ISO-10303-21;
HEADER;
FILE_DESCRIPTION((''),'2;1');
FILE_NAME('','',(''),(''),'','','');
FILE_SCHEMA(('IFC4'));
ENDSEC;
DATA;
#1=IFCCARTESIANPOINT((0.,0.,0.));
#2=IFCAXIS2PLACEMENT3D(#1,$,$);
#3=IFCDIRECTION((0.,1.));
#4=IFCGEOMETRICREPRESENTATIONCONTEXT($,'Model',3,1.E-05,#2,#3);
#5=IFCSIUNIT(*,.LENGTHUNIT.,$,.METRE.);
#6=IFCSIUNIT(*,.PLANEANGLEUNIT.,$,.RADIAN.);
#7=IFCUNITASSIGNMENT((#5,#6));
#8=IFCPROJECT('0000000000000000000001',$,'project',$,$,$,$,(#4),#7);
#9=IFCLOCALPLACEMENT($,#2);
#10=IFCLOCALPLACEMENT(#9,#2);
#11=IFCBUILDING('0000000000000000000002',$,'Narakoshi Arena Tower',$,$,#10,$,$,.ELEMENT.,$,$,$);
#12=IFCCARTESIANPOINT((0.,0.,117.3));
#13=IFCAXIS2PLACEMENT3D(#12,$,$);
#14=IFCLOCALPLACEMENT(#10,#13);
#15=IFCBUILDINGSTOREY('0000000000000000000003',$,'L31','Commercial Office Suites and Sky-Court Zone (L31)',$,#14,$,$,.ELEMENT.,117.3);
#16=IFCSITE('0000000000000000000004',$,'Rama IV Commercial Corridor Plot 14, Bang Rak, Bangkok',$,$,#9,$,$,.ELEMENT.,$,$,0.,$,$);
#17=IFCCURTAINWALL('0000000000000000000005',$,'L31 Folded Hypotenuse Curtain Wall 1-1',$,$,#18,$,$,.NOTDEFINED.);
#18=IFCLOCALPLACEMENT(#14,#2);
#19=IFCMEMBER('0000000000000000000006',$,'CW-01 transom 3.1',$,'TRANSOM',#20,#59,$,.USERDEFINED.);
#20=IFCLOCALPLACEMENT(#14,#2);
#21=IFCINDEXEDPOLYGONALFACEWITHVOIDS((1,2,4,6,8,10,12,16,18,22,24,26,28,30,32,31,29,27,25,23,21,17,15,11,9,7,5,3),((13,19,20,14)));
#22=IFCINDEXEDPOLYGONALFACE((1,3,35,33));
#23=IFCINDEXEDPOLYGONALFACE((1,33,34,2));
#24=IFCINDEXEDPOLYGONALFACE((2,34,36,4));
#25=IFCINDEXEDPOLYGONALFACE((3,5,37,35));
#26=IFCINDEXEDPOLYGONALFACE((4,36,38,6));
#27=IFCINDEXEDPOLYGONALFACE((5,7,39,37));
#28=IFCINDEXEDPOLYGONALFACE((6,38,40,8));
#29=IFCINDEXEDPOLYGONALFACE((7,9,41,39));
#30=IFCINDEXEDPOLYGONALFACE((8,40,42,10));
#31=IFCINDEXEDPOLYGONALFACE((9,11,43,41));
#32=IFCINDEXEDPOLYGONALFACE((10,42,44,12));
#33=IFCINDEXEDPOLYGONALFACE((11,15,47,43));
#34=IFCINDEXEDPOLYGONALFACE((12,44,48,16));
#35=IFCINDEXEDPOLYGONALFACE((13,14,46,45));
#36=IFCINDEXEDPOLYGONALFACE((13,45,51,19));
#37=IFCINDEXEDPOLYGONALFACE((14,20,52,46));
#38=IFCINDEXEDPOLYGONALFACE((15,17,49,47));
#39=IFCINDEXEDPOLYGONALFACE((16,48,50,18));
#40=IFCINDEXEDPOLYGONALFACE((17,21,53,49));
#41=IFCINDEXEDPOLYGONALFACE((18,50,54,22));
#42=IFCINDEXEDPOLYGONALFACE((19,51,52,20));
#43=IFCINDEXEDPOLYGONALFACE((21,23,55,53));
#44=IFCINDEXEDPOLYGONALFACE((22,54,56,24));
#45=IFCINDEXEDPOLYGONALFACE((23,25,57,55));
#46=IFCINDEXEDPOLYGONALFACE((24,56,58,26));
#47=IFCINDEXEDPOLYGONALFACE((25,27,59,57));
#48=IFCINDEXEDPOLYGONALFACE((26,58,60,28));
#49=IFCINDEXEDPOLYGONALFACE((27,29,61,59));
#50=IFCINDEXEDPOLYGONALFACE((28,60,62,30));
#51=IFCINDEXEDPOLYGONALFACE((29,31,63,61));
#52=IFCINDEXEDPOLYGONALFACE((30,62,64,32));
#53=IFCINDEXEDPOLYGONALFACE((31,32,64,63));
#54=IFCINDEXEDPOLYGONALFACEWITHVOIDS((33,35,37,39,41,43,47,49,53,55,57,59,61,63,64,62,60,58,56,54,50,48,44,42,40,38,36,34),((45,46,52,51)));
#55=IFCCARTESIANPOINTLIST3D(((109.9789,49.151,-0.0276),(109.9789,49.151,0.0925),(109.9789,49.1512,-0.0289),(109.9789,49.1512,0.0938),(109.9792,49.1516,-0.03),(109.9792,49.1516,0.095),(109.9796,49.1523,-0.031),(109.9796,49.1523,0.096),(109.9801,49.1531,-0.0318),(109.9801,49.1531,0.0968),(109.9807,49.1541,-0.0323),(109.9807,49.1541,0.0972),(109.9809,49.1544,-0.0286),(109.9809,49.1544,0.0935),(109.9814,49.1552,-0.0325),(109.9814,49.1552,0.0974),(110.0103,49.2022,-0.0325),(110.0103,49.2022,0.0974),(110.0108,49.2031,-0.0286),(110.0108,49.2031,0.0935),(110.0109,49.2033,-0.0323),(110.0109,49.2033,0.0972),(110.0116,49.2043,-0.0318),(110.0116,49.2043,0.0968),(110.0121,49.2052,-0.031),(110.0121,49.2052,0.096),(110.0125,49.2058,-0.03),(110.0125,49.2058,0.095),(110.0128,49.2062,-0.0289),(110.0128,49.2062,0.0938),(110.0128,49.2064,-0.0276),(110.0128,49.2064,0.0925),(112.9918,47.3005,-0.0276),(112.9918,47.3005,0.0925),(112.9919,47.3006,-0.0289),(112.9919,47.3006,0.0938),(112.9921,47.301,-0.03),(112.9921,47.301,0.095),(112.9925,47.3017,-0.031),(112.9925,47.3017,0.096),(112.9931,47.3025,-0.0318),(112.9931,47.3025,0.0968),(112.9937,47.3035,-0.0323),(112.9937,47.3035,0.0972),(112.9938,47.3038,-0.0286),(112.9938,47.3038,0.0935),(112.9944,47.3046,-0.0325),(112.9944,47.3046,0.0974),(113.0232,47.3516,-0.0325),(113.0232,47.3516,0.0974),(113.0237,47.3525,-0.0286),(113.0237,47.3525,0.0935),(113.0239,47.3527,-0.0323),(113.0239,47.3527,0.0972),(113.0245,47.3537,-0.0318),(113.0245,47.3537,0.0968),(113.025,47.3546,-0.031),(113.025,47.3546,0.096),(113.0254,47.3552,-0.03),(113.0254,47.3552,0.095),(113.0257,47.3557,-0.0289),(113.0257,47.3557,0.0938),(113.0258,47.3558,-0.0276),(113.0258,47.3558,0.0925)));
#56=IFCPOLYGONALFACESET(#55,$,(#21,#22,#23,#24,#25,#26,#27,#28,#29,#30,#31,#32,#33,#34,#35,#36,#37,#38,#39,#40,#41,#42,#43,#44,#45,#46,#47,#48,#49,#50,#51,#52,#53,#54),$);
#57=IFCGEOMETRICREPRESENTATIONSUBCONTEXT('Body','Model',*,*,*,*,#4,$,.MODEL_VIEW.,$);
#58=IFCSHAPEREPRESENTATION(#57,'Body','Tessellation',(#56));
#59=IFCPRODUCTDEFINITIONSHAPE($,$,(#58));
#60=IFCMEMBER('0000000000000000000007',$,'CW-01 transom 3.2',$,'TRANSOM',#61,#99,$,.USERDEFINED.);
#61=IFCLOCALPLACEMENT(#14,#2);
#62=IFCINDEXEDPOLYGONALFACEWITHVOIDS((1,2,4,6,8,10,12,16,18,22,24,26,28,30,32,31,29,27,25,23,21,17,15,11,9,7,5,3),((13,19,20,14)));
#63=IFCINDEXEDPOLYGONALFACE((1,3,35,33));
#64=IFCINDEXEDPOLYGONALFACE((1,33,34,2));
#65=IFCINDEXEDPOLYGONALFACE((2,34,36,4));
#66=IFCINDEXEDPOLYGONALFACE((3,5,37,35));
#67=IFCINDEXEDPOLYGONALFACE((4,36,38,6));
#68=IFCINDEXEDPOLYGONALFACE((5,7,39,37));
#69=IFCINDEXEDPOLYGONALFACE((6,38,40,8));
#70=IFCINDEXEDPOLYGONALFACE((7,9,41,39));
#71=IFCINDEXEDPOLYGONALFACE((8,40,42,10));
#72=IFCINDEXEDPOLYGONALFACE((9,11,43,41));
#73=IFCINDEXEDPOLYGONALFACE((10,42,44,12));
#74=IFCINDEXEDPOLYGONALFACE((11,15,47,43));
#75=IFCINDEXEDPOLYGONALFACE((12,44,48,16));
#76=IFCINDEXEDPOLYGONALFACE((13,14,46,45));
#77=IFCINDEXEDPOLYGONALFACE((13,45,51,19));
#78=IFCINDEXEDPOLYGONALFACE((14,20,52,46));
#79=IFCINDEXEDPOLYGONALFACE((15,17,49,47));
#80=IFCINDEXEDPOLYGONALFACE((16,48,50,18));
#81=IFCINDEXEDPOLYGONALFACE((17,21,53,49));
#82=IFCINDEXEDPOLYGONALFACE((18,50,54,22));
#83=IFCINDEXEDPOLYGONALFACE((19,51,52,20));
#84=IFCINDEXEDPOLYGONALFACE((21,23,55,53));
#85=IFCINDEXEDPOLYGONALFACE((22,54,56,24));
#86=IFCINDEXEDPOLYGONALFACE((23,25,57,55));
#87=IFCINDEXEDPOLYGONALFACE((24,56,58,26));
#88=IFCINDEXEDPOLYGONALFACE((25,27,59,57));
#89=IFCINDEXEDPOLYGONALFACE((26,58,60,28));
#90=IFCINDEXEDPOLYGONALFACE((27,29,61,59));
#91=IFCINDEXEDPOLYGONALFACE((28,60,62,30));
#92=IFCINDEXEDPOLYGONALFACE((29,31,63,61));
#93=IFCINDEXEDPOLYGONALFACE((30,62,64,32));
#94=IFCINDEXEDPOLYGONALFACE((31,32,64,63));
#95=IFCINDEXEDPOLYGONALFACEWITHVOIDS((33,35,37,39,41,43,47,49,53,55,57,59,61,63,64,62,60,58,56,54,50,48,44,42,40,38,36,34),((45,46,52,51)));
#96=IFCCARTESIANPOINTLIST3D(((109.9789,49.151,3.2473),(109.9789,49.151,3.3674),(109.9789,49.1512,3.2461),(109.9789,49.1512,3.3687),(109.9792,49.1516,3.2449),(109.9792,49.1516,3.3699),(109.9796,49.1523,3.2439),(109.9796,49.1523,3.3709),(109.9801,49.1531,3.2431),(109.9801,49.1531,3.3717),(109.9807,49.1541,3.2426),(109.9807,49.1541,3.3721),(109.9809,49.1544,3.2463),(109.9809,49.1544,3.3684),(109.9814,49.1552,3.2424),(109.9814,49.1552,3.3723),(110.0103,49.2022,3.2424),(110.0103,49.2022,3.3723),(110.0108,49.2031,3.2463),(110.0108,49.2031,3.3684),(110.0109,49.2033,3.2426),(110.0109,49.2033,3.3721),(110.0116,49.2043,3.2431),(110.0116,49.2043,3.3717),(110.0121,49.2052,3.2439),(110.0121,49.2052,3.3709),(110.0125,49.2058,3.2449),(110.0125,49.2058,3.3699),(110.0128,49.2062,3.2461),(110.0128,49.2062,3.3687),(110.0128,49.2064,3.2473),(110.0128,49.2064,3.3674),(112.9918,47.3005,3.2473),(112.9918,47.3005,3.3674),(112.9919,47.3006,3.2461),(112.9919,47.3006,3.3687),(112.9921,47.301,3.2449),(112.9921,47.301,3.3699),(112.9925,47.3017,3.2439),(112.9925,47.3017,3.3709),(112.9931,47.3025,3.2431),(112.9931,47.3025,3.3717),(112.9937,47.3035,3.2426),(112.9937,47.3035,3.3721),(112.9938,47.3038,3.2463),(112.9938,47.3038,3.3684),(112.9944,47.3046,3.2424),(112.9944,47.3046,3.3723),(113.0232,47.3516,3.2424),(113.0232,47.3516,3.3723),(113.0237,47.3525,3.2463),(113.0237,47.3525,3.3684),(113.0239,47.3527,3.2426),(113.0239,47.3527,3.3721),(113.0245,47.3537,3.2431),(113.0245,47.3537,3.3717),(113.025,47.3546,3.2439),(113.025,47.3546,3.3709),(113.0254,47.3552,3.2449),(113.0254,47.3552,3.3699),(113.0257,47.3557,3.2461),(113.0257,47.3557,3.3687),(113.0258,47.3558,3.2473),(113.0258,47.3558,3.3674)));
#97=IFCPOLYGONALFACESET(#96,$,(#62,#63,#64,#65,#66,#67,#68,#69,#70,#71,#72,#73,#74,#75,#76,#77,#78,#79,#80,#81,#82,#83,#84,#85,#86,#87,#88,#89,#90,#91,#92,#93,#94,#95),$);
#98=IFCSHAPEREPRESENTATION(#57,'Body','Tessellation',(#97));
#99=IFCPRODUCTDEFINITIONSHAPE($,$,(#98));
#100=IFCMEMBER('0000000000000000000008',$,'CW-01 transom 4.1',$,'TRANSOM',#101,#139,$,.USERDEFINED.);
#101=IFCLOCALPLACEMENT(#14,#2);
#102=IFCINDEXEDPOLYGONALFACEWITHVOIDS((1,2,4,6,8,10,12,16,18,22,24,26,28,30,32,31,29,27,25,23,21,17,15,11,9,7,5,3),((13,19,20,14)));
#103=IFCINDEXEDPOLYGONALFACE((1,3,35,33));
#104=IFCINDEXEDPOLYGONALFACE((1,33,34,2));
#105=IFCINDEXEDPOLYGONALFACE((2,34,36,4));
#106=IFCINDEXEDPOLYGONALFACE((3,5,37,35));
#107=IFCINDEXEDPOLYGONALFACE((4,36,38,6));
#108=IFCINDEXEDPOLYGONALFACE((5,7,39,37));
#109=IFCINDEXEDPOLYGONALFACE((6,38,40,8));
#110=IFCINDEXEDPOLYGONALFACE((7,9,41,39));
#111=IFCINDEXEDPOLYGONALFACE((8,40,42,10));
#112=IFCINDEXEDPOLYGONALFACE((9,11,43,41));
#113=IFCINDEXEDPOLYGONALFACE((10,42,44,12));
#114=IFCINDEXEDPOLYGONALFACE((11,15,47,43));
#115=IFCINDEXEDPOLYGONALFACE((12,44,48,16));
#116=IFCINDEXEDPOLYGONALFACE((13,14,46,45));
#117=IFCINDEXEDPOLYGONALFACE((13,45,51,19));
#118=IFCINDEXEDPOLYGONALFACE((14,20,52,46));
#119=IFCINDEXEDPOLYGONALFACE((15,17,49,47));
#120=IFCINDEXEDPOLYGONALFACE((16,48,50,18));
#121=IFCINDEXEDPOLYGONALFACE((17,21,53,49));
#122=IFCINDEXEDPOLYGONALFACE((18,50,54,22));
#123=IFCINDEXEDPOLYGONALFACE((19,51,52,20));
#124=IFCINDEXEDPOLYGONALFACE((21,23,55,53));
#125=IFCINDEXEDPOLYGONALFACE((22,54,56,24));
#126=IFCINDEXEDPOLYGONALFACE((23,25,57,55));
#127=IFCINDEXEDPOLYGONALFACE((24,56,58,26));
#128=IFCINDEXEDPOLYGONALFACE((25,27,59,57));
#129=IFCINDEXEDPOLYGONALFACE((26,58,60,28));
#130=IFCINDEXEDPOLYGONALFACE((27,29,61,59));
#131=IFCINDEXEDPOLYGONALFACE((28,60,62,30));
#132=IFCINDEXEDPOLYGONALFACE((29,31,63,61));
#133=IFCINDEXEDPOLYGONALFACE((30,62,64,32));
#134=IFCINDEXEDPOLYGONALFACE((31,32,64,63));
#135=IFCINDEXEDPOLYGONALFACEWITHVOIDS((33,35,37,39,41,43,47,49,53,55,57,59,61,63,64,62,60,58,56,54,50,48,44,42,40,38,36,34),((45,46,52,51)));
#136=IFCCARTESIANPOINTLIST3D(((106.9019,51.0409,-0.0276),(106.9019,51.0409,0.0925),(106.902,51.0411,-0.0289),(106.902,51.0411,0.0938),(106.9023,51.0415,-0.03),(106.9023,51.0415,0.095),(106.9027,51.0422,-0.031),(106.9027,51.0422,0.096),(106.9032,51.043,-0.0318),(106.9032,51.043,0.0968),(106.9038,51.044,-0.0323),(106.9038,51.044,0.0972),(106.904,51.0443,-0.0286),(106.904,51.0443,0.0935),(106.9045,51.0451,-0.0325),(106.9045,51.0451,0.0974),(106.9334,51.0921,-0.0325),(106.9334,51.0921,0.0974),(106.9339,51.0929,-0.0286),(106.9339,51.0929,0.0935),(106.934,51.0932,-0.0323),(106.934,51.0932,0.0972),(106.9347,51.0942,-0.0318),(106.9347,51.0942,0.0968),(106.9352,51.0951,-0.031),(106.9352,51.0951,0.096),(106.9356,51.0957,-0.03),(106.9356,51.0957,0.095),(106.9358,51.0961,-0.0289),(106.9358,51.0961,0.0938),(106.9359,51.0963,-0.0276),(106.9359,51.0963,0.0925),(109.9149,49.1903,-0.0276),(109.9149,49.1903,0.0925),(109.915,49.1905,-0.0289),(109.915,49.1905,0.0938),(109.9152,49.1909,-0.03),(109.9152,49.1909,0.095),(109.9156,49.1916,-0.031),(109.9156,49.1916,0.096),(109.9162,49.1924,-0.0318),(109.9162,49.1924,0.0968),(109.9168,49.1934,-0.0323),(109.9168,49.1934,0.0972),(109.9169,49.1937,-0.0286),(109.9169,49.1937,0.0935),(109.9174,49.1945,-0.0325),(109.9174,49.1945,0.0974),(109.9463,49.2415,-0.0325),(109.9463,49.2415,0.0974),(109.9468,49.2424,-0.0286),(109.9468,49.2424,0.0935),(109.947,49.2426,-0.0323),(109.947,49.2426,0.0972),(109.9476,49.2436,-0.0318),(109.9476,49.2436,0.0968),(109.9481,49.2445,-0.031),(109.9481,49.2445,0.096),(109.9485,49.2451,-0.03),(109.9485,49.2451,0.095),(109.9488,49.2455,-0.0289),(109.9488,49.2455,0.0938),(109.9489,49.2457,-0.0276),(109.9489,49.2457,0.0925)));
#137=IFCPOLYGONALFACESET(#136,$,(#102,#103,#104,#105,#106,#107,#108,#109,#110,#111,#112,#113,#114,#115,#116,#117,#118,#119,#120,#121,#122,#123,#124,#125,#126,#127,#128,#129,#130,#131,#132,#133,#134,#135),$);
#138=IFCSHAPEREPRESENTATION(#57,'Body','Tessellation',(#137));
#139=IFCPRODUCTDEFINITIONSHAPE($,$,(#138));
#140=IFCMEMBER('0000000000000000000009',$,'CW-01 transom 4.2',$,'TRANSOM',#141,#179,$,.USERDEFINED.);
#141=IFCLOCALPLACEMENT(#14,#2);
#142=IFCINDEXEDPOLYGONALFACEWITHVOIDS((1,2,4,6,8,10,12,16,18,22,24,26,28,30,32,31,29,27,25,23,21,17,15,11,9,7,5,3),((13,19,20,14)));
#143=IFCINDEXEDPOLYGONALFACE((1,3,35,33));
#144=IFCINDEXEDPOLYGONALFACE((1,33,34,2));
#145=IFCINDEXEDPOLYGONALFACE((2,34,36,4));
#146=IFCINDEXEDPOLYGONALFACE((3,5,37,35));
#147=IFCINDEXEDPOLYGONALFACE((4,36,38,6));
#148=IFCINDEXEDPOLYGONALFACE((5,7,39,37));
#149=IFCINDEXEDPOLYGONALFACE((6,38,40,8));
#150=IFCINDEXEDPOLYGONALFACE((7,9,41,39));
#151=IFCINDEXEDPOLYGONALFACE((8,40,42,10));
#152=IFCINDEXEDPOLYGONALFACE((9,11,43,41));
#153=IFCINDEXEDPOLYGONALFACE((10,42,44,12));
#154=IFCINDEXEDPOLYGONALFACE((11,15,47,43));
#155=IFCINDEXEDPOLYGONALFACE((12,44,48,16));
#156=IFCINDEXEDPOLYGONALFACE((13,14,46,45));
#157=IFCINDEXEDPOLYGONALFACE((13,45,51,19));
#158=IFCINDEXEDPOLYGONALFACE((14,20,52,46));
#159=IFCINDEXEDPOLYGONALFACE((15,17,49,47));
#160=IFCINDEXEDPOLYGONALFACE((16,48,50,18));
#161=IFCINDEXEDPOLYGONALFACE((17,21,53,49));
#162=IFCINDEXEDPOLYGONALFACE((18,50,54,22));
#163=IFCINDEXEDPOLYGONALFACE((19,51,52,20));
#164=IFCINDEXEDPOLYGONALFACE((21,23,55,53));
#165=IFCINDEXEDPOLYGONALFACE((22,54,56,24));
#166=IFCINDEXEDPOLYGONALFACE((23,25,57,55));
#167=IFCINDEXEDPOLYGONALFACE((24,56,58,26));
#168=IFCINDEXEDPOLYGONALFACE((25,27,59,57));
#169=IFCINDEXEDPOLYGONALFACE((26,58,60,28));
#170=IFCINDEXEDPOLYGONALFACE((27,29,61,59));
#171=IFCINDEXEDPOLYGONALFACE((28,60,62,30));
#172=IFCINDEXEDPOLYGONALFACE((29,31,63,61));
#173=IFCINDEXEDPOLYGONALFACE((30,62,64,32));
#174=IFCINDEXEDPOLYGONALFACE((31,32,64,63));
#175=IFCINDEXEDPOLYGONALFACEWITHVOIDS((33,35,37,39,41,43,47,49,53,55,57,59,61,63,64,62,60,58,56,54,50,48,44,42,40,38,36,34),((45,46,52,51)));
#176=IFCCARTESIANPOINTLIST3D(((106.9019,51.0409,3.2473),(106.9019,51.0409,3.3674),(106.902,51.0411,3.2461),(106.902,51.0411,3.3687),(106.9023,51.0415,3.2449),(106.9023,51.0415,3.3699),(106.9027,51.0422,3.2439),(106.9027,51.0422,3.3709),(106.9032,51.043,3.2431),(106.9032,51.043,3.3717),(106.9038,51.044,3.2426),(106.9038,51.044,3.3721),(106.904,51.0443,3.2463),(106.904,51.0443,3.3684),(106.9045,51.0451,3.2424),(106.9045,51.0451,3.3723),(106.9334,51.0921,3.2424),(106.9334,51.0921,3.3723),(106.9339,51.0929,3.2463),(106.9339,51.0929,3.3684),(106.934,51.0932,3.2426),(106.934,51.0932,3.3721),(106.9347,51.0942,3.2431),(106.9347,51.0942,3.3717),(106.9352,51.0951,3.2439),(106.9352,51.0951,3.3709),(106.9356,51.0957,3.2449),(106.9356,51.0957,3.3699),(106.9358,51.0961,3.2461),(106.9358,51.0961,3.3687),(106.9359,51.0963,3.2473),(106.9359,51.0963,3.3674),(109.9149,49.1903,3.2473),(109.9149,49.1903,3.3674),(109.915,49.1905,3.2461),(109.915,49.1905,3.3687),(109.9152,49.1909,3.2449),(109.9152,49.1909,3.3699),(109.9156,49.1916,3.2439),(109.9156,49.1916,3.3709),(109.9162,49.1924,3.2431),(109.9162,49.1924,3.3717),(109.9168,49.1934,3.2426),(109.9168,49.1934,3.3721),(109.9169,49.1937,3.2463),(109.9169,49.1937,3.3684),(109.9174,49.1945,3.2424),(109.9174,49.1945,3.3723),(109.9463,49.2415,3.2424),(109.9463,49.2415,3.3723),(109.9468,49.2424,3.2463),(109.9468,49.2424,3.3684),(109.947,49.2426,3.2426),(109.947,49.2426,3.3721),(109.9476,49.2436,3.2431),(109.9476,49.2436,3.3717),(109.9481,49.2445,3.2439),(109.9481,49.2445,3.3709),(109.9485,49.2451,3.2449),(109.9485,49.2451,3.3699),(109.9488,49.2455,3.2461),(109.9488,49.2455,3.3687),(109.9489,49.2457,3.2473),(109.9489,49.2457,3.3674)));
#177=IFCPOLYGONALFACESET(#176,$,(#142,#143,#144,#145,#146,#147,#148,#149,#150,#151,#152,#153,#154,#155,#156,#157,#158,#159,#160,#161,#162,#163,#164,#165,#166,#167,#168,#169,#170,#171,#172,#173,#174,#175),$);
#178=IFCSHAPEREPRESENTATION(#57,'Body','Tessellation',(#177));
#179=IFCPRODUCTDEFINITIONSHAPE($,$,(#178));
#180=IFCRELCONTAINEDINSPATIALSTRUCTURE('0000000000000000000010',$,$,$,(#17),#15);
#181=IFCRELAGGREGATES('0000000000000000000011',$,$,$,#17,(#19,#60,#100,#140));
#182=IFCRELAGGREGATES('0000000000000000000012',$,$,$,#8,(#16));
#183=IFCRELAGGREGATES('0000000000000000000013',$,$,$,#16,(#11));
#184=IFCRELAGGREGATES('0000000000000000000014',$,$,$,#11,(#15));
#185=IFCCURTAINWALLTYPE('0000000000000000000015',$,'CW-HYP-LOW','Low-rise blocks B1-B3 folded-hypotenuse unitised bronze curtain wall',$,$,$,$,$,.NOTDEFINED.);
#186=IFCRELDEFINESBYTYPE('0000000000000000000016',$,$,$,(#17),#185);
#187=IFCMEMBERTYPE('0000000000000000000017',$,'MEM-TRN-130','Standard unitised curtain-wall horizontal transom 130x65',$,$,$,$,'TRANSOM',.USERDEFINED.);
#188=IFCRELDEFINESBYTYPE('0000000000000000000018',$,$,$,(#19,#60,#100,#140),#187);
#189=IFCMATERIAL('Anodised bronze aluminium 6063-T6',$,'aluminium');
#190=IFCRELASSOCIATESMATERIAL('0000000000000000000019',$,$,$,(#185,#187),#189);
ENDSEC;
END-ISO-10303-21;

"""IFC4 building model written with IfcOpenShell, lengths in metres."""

from ifc_helpers import new_model, si_unit, direction, frame, origin, origin_2d, place, context, subcontext, project, spatial, hollow_rectangle, extrude, material, material_profile, profile_set, type_object, element, aggregate, save


model = new_model("IFC4")

# Units and contexts
model_context = context("Model", 3, precision=1e-05, world=origin(), true_north=direction((0.0, 1.0)))
body_context = subcontext(model_context, "Body", "Model", "MODEL_VIEW")
ifc_project = project(units=[si_unit("LENGTHUNIT", "METRE"), si_unit("PLANEANGLEUNIT", "RADIAN")], contexts=[model_context])

# Site, building, storey
site_placement = place(None, origin())
site = spatial("IfcSite", under=ifc_project, at=site_placement, Name="Rama IV Commercial Corridor Plot 14, Bang Rak, Bangkok", CompositionType="ELEMENT", RefElevation=0.0)
building_placement = place(site_placement, origin())
building = spatial("IfcBuilding", under=site, at=building_placement, Name="Narakoshi Arena Tower", CompositionType="ELEMENT")
storey_placement = place(building_placement, frame((0.0, 0.0, 117.3)))
storey = spatial("IfcBuildingStorey", under=building, at=storey_placement, Name="L31", Description="Commercial Office Suites and Sky-Court Zone (L31)", CompositionType="ELEMENT", Elevation=117.3)

# Curtain wall, members
ifc_material_1 = material(Name="Anodised bronze aluminium 6063-T6", Category="aluminium")
curtain_wall_type = type_object("IfcCurtainWallType", Name="CW-HYP-LOW", Description="Low-rise blocks B1-B3 folded-hypotenuse unitised bronze curtain wall", PredefinedType="NOTDEFINED", material=ifc_material_1)
curtain_wall_placement = place(storey_placement, origin())
curtain_wall = element("IfcCurtainWall", 1, at=curtain_wall_placement, inside=storey, type_object=curtain_wall_type, Name="L31 Folded Hypotenuse Curtain Wall 1-1", PredefinedType="NOTDEFINED")
ifc_material_profile_1 = material_profile(ifc_material_1, hollow_rectangle(XDim=0.0649, YDim=0.1299, WallThickness=0.0039, OuterFilletRadius=0.0049, at=origin_2d()), Name="TRN130x65x4")
ifc_profile_set_1 = profile_set([ifc_material_profile_1], Name="Anodised bronze aluminium 6063-T6")
member_type_1 = type_object("IfcMemberType", Name="MEM-TRN-130", Description="Standard unitised curtain-wall horizontal transom 130x65", ElementType="TRANSOM", PredefinedType="USERDEFINED", material=ifc_profile_set_1)
member_1_placement = place(storey_placement, frame((113.0088, 47.3281, 0.0325), z_axis=(-0.852104, 0.523373, 0.0), x_axis=(-0.523373, -0.852104, 0.0)))
member_1 = element("IfcMember", 2, at=member_1_placement, type_object=member_type_1, Name="CW-01 transom 3.1", ObjectType="TRANSOM", PredefinedType="USERDEFINED", context=body_context, shape_type="SweptSolid", body=[
    extrude(hollow_rectangle(XDim=0.0649, YDim=0.1299, WallThickness=0.0039, OuterFilletRadius=0.0049, at=origin_2d()), origin(), (0.0, 0.0, 1.0), 3.5359),
])
member_2_placement = place(storey_placement, frame((113.0088, 47.3281, 3.3074), z_axis=(-0.852104, 0.523373, 0.0), x_axis=(-0.523373, -0.852104, 0.0)))
member_2 = element("IfcMember", 3, at=member_2_placement, type_object=member_type_1, Name="CW-01 transom 3.2", ObjectType="TRANSOM", PredefinedType="USERDEFINED", context=body_context, shape_type="SweptSolid", body=[
    extrude(hollow_rectangle(XDim=0.0649, YDim=0.1299, WallThickness=0.0039, OuterFilletRadius=0.0049, at=origin_2d()), origin(), (0.0, 0.0, 1.0), 3.5359),
])
member_3_placement = place(storey_placement, frame((109.9319, 49.218, 0.0325), z_axis=(-0.852104, 0.523373, 0.0), x_axis=(-0.523373, -0.852104, 0.0)))
member_3 = element("IfcMember", 4, at=member_3_placement, type_object=member_type_1, Name="CW-01 transom 4.1", ObjectType="TRANSOM", PredefinedType="USERDEFINED", context=body_context, shape_type="SweptSolid", body=[
    extrude(hollow_rectangle(XDim=0.0649, YDim=0.1299, WallThickness=0.0039, OuterFilletRadius=0.0049, at=origin_2d()), origin(), (0.0, 0.0, 1.0), 3.5359),
])
member_4_placement = place(storey_placement, frame((109.9319, 49.218, 3.3074), z_axis=(-0.852104, 0.523373, 0.0), x_axis=(-0.523373, -0.852104, 0.0)))
member_4 = element("IfcMember", 5, at=member_4_placement, type_object=member_type_1, Name="CW-01 transom 4.2", ObjectType="TRANSOM", PredefinedType="USERDEFINED", context=body_context, shape_type="SweptSolid", body=[
    extrude(hollow_rectangle(XDim=0.0649, YDim=0.1299, WallThickness=0.0039, OuterFilletRadius=0.0049, at=origin_2d()), origin(), (0.0, 0.0, 1.0), 3.5359),
])
aggregate(curtain_wall, [member_1, member_2, member_3, member_4])

save(model, "model.ifc")
